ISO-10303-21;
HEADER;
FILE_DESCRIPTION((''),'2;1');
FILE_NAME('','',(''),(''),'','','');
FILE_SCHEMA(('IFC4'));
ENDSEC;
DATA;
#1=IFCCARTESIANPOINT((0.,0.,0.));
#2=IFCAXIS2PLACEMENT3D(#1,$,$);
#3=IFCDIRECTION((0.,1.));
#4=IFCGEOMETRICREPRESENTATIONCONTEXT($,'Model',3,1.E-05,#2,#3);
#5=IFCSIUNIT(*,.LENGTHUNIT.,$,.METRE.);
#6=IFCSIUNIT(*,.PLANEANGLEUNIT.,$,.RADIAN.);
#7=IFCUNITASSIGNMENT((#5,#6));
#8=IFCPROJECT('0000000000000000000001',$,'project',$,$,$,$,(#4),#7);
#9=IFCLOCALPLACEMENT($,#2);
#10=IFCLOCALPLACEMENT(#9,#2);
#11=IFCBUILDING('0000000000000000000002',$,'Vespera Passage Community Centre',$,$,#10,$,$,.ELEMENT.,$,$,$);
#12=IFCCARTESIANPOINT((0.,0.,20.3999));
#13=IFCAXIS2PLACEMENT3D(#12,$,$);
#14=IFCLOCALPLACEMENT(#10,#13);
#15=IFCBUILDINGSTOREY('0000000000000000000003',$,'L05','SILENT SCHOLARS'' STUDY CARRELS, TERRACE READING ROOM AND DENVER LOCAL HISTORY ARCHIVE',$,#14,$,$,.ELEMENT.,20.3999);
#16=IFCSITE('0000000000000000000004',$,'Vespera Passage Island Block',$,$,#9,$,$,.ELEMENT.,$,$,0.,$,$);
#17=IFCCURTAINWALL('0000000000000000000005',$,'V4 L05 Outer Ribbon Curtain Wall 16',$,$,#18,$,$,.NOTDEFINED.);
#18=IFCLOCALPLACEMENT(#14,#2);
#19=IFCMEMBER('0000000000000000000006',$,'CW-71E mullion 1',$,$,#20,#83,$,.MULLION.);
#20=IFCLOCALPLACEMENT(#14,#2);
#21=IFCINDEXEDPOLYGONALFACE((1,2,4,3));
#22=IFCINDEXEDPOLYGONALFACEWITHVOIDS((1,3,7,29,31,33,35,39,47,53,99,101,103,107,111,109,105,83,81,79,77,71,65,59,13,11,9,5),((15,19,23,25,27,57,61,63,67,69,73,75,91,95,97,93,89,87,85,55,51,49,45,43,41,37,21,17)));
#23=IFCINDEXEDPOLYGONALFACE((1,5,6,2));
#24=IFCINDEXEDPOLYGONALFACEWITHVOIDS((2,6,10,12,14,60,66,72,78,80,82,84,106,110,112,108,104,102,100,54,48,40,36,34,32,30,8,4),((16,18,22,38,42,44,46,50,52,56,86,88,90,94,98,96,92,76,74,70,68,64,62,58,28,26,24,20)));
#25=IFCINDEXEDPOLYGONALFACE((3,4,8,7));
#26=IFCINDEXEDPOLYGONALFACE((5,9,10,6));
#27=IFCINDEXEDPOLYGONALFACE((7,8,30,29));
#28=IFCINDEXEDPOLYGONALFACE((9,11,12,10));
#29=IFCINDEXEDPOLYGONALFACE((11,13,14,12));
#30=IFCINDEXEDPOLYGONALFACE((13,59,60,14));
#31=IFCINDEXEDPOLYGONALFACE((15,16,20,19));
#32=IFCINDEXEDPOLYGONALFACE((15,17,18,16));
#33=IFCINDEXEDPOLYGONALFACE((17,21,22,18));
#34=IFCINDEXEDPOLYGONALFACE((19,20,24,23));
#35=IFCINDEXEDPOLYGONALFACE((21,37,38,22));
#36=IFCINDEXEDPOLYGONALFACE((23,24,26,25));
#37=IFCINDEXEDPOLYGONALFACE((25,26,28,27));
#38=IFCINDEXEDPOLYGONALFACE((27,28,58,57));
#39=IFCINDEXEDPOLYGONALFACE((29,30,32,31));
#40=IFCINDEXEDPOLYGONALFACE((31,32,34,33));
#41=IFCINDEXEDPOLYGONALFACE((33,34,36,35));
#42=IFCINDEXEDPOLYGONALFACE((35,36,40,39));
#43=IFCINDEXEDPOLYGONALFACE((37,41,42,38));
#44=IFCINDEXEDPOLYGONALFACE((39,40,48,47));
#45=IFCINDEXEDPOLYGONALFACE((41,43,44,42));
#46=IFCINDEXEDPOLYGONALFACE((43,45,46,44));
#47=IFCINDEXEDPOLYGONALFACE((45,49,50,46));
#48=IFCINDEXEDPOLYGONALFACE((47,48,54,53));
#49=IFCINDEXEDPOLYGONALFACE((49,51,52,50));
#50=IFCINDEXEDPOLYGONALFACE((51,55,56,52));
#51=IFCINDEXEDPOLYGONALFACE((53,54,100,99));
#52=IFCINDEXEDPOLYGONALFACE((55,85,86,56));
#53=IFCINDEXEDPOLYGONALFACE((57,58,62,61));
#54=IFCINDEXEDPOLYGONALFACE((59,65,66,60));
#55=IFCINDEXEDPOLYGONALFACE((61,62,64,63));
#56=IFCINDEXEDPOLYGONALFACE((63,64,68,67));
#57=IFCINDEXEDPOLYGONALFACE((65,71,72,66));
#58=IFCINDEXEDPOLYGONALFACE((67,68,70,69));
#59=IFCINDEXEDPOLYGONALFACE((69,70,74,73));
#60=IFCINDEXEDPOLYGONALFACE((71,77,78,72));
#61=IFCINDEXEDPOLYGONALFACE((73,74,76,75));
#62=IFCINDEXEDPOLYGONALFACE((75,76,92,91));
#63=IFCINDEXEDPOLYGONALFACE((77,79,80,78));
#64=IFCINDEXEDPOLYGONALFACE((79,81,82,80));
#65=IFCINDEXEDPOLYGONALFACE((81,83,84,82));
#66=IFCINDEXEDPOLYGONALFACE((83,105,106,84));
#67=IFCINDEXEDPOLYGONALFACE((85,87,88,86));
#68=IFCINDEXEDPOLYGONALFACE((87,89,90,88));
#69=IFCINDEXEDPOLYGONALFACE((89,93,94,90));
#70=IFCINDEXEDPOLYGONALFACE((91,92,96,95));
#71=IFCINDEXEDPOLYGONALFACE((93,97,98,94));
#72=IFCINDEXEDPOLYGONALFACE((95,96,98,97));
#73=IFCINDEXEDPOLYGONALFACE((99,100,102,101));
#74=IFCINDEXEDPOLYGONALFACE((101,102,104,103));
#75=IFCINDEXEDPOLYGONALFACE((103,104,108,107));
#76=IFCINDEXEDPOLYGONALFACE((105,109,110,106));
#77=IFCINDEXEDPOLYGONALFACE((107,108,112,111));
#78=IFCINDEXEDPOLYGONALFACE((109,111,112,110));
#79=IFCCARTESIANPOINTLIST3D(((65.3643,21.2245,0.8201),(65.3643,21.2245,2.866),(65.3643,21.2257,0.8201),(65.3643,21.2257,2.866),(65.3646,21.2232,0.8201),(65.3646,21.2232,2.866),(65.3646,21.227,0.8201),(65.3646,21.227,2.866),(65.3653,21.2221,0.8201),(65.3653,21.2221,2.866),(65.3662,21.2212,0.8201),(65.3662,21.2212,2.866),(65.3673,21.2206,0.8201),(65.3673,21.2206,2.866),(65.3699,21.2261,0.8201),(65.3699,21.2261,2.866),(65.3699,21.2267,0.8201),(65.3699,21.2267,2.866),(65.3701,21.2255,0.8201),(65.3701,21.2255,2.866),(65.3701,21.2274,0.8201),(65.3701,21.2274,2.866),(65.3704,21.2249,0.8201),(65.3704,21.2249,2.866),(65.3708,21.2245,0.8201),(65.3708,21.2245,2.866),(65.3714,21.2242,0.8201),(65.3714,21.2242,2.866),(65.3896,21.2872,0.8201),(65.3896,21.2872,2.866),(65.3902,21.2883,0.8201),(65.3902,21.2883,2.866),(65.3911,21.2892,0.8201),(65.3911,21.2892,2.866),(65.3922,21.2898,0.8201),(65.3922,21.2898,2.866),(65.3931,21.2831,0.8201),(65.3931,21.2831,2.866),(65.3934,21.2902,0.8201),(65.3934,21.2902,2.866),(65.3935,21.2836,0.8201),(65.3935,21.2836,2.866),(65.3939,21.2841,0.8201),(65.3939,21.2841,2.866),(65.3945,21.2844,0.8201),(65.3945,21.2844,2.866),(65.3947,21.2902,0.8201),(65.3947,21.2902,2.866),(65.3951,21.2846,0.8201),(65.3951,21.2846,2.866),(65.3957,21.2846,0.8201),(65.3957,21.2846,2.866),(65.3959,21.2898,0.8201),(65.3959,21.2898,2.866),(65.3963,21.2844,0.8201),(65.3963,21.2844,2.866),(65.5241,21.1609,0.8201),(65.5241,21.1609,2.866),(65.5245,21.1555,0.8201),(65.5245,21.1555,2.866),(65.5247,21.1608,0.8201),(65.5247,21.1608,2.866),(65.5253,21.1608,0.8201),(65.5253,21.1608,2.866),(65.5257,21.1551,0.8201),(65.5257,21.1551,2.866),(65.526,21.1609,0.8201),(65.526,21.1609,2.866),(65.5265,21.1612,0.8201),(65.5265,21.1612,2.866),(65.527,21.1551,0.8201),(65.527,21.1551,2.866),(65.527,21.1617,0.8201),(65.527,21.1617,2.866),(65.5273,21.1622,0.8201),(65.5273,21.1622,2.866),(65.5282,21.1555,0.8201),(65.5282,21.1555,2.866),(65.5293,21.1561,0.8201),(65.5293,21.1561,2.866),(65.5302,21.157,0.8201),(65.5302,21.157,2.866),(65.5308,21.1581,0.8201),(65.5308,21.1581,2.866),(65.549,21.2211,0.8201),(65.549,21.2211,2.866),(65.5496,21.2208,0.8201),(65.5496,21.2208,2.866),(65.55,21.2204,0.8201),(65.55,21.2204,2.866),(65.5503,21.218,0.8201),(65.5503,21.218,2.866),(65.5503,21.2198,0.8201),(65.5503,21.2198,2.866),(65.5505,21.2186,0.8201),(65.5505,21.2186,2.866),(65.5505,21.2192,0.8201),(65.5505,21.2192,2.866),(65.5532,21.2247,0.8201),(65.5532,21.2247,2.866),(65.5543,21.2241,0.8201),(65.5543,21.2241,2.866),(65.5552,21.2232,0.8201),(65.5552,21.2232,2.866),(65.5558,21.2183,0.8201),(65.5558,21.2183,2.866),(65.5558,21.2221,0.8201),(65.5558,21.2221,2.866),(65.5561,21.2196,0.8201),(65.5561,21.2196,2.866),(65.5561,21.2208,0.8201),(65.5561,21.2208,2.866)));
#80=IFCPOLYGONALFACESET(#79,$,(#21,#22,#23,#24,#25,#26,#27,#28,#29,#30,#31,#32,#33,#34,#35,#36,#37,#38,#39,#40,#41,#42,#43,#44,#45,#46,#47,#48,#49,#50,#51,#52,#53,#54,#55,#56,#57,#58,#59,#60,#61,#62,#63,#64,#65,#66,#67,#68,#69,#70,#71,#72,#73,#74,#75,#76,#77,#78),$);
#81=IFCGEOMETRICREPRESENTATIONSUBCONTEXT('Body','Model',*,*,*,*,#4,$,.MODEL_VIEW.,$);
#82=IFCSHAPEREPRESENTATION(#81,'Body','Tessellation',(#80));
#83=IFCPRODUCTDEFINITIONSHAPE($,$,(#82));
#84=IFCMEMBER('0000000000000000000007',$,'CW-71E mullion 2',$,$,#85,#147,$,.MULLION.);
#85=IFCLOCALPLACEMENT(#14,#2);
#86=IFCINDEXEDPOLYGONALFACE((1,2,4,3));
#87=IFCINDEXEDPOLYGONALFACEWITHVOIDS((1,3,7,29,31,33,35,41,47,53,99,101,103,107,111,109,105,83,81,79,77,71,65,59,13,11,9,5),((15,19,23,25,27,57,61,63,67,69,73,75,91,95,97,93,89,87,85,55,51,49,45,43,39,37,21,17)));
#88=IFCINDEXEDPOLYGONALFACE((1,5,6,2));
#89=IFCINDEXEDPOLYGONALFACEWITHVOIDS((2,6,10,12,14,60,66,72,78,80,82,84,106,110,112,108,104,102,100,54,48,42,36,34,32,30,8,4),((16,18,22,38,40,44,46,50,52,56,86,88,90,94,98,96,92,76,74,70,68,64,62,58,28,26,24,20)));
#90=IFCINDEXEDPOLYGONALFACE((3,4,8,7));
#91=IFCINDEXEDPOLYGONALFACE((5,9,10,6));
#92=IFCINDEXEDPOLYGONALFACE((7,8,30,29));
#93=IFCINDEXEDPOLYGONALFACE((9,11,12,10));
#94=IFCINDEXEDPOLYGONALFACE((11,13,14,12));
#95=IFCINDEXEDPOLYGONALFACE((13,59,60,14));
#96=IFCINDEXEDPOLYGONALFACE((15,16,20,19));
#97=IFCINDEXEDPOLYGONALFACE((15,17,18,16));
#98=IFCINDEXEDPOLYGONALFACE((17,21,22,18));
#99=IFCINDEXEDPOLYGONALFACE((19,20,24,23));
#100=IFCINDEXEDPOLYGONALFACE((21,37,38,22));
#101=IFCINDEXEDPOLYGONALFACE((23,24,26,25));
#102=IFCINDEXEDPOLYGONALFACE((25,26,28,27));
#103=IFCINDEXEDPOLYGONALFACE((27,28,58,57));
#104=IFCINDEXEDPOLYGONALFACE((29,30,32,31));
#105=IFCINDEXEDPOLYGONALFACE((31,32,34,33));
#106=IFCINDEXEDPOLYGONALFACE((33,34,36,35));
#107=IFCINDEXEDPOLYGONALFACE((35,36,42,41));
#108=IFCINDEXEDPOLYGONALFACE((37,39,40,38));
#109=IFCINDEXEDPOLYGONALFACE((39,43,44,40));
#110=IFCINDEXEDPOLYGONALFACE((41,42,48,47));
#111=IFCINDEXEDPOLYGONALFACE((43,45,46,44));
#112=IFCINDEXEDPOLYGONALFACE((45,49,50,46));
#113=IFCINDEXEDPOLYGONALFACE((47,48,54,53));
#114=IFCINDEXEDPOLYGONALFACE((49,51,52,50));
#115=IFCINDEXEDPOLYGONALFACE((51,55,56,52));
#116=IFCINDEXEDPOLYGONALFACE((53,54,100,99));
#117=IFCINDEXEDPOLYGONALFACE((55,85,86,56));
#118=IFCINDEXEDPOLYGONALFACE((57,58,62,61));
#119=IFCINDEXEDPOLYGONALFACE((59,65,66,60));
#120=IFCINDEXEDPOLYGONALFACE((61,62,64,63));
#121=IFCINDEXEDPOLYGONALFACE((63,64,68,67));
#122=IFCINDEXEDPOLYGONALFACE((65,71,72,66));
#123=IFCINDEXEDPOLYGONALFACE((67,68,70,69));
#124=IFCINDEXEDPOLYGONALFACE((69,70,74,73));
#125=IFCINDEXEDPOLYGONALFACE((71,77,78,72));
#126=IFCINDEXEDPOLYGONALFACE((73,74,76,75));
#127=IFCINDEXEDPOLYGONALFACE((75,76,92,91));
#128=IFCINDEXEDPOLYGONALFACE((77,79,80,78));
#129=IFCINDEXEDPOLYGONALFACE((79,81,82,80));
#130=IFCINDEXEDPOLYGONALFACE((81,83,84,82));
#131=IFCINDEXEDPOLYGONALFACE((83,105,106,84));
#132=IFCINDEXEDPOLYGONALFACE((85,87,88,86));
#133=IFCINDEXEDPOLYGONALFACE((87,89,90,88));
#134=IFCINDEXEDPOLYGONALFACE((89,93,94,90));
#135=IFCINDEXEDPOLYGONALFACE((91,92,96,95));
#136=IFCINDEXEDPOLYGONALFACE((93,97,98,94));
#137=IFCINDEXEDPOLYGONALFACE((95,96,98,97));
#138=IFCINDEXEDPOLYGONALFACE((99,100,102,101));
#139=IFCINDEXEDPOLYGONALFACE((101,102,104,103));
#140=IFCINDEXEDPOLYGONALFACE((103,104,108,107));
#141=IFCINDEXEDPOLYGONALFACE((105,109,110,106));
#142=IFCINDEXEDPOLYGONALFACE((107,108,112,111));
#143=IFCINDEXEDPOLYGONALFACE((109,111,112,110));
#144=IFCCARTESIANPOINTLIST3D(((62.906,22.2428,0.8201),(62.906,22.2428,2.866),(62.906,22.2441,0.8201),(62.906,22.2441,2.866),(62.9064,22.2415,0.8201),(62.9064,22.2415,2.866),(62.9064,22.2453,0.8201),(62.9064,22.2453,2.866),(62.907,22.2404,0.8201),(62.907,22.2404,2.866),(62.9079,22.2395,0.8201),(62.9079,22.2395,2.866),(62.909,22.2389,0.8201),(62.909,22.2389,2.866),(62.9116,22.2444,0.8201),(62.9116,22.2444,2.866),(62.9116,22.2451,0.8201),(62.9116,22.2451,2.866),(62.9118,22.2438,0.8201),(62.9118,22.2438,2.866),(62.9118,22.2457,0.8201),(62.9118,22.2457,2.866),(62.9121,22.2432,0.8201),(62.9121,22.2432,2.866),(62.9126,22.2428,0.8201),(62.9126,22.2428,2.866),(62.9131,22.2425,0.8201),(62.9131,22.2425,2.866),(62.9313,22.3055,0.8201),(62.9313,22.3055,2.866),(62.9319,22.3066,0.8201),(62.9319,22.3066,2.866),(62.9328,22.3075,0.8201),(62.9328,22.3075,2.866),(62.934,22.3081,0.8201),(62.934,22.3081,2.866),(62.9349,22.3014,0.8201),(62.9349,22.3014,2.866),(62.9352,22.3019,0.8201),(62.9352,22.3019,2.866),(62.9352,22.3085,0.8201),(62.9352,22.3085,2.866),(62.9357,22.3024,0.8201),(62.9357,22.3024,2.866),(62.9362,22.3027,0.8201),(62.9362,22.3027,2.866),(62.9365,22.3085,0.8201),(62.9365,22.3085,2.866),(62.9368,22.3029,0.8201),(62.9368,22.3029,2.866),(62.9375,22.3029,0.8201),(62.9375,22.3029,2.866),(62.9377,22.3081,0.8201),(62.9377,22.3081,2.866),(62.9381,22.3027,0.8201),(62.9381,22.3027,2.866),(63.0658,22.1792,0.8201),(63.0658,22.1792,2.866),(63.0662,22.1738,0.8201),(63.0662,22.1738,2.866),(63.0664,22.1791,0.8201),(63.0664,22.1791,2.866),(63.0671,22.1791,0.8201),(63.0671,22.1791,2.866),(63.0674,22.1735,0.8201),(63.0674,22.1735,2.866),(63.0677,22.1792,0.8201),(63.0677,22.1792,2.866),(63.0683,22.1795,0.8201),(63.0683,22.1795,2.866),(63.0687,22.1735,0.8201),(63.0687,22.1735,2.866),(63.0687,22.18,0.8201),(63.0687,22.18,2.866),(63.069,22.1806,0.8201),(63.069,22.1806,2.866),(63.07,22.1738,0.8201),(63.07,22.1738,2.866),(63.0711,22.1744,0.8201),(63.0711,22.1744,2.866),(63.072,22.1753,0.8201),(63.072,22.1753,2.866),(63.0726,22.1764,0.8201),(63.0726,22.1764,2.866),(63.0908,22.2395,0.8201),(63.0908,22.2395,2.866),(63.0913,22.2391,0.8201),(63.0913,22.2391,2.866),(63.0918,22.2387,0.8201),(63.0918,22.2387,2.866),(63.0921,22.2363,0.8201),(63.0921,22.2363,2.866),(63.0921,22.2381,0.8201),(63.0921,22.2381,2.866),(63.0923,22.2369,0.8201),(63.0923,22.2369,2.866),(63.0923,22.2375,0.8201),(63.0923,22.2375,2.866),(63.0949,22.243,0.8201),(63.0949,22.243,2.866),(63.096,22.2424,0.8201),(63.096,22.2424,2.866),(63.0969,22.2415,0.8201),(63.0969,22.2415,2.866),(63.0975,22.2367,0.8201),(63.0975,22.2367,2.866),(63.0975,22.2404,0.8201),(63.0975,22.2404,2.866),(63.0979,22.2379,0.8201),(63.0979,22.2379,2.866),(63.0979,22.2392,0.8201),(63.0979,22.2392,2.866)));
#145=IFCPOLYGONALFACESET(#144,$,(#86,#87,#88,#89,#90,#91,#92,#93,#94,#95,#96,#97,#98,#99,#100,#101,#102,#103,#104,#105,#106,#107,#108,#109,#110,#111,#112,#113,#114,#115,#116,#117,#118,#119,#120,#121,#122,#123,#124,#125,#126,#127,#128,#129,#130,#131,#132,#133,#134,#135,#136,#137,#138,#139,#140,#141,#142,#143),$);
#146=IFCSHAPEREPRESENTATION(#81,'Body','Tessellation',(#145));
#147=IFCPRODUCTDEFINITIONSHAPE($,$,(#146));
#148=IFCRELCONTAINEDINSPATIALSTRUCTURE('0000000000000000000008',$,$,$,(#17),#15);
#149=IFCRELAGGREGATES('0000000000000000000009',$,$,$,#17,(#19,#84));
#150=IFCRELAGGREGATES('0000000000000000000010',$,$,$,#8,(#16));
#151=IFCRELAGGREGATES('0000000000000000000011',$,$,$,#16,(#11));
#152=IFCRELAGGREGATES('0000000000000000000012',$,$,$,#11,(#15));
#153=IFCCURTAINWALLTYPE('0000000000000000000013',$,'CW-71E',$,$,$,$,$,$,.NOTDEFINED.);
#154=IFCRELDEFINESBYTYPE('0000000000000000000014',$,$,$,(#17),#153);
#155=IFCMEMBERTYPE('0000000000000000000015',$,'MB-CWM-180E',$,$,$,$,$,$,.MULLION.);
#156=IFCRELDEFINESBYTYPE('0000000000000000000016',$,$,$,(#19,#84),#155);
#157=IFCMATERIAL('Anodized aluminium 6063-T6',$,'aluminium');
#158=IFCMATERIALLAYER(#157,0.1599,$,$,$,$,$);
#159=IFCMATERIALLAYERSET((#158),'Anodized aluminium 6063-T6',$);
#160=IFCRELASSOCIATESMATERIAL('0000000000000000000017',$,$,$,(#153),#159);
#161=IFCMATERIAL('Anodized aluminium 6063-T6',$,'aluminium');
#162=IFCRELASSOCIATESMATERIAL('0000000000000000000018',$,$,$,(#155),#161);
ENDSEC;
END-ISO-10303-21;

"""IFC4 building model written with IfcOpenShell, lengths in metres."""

from ifc_helpers import new_model, si_unit, direction, frame, origin, origin_2d, place, context, subcontext, project, spatial, hollow_rectangle, extrude, material, layer, layer_set, material_profile, profile_set, type_object, element, aggregate, save


model = new_model("IFC4")

# Units and contexts
model_context = context("Model", 3, precision=1e-05, world=origin(), true_north=direction((0.0, 1.0)))
body_context = subcontext(model_context, "Body", "Model", "MODEL_VIEW")
ifc_project = project(units=[si_unit("LENGTHUNIT", "METRE"), si_unit("PLANEANGLEUNIT", "RADIAN")], contexts=[model_context])

# Site, building, storey
site_placement = place(None, origin())
site = spatial("IfcSite", under=ifc_project, at=site_placement, Name="Vespera Passage Island Block", CompositionType="ELEMENT", RefElevation=0.0)
building_placement = place(site_placement, origin())
building = spatial("IfcBuilding", under=site, at=building_placement, Name="Vespera Passage Community Centre", CompositionType="ELEMENT")
storey_placement = place(building_placement, frame((0.0, 0.0, 20.3999)))
storey = spatial("IfcBuildingStorey", under=building, at=storey_placement, Name="L05", Description="SILENT SCHOLARS' STUDY CARRELS, TERRACE READING ROOM AND DENVER LOCAL HISTORY ARCHIVE", CompositionType="ELEMENT", Elevation=20.3999)

# Curtain wall, members
ifc_material_1 = material(Name="Anodized aluminium 6063-T6", Category="aluminium")
ifc_layer_1 = layer(ifc_material_1, 0.1599)
ifc_layer_set_1 = layer_set([ifc_layer_1], Name="Anodized aluminium 6063-T6")
curtain_wall_type_1 = type_object("IfcCurtainWallType", Name="CW-71E", PredefinedType="NOTDEFINED", material=ifc_layer_set_1)
curtain_wall_1_placement = place(storey_placement, origin())
curtain_wall_1 = element("IfcCurtainWall", 1, at=curtain_wall_1_placement, inside=storey, type_object=curtain_wall_type_1, Name="V4 L05 Outer Ribbon Curtain Wall 16", PredefinedType="NOTDEFINED")
ifc_material_2 = material(Name="Anodized aluminium 6063-T6", Category="aluminium")
ifc_material_profile_1 = material_profile(ifc_material_2, hollow_rectangle(XDim=0.075, YDim=0.1799, WallThickness=0.0049, InnerFilletRadius=0.0024, OuterFilletRadius=0.0049, at=origin_2d()), Name="ALU180X75X5")
ifc_profile_set_1 = profile_set([ifc_material_profile_1], Name="Anodized aluminium 6063-T6")
member_type_1 = type_object("IfcMemberType", Name="MB-CWM-180E", PredefinedType="MULLION", material=ifc_profile_set_1)
member_1_placement = place(storey_placement, frame((65.4602, 21.2227, 0.8201), z_axis=(0.0, 0.0, 1.0), x_axis=(-0.382683, -0.92388, 0.0)))
member_1 = element("IfcMember", 2, at=member_1_placement, type_object=member_type_1, Name="CW-71E mullion 1", PredefinedType="MULLION", context=body_context, shape_type="SweptSolid", body=[
    extrude(hollow_rectangle(XDim=0.075, YDim=0.1799, WallThickness=0.0049, InnerFilletRadius=0.0024, OuterFilletRadius=0.0049, at=origin_2d()), origin(), (0.0, 0.0, 1.0), 2.0459),
])
member_2_placement = place(storey_placement, frame((63.002, 22.241, 0.8201), z_axis=(0.0, 0.0, 1.0), x_axis=(-0.382683, -0.92388, 0.0)))
member_2 = element("IfcMember", 3, at=member_2_placement, type_object=member_type_1, Name="CW-71E mullion 2", PredefinedType="MULLION", context=body_context, shape_type="SweptSolid", body=[
    extrude(hollow_rectangle(XDim=0.075, YDim=0.1799, WallThickness=0.0049, InnerFilletRadius=0.0024, OuterFilletRadius=0.0049, at=origin_2d()), origin(), (0.0, 0.0, 1.0), 2.0459),
])

aggregate(curtain_wall_1, [member_1, member_2])

save(model, "model.ifc")
